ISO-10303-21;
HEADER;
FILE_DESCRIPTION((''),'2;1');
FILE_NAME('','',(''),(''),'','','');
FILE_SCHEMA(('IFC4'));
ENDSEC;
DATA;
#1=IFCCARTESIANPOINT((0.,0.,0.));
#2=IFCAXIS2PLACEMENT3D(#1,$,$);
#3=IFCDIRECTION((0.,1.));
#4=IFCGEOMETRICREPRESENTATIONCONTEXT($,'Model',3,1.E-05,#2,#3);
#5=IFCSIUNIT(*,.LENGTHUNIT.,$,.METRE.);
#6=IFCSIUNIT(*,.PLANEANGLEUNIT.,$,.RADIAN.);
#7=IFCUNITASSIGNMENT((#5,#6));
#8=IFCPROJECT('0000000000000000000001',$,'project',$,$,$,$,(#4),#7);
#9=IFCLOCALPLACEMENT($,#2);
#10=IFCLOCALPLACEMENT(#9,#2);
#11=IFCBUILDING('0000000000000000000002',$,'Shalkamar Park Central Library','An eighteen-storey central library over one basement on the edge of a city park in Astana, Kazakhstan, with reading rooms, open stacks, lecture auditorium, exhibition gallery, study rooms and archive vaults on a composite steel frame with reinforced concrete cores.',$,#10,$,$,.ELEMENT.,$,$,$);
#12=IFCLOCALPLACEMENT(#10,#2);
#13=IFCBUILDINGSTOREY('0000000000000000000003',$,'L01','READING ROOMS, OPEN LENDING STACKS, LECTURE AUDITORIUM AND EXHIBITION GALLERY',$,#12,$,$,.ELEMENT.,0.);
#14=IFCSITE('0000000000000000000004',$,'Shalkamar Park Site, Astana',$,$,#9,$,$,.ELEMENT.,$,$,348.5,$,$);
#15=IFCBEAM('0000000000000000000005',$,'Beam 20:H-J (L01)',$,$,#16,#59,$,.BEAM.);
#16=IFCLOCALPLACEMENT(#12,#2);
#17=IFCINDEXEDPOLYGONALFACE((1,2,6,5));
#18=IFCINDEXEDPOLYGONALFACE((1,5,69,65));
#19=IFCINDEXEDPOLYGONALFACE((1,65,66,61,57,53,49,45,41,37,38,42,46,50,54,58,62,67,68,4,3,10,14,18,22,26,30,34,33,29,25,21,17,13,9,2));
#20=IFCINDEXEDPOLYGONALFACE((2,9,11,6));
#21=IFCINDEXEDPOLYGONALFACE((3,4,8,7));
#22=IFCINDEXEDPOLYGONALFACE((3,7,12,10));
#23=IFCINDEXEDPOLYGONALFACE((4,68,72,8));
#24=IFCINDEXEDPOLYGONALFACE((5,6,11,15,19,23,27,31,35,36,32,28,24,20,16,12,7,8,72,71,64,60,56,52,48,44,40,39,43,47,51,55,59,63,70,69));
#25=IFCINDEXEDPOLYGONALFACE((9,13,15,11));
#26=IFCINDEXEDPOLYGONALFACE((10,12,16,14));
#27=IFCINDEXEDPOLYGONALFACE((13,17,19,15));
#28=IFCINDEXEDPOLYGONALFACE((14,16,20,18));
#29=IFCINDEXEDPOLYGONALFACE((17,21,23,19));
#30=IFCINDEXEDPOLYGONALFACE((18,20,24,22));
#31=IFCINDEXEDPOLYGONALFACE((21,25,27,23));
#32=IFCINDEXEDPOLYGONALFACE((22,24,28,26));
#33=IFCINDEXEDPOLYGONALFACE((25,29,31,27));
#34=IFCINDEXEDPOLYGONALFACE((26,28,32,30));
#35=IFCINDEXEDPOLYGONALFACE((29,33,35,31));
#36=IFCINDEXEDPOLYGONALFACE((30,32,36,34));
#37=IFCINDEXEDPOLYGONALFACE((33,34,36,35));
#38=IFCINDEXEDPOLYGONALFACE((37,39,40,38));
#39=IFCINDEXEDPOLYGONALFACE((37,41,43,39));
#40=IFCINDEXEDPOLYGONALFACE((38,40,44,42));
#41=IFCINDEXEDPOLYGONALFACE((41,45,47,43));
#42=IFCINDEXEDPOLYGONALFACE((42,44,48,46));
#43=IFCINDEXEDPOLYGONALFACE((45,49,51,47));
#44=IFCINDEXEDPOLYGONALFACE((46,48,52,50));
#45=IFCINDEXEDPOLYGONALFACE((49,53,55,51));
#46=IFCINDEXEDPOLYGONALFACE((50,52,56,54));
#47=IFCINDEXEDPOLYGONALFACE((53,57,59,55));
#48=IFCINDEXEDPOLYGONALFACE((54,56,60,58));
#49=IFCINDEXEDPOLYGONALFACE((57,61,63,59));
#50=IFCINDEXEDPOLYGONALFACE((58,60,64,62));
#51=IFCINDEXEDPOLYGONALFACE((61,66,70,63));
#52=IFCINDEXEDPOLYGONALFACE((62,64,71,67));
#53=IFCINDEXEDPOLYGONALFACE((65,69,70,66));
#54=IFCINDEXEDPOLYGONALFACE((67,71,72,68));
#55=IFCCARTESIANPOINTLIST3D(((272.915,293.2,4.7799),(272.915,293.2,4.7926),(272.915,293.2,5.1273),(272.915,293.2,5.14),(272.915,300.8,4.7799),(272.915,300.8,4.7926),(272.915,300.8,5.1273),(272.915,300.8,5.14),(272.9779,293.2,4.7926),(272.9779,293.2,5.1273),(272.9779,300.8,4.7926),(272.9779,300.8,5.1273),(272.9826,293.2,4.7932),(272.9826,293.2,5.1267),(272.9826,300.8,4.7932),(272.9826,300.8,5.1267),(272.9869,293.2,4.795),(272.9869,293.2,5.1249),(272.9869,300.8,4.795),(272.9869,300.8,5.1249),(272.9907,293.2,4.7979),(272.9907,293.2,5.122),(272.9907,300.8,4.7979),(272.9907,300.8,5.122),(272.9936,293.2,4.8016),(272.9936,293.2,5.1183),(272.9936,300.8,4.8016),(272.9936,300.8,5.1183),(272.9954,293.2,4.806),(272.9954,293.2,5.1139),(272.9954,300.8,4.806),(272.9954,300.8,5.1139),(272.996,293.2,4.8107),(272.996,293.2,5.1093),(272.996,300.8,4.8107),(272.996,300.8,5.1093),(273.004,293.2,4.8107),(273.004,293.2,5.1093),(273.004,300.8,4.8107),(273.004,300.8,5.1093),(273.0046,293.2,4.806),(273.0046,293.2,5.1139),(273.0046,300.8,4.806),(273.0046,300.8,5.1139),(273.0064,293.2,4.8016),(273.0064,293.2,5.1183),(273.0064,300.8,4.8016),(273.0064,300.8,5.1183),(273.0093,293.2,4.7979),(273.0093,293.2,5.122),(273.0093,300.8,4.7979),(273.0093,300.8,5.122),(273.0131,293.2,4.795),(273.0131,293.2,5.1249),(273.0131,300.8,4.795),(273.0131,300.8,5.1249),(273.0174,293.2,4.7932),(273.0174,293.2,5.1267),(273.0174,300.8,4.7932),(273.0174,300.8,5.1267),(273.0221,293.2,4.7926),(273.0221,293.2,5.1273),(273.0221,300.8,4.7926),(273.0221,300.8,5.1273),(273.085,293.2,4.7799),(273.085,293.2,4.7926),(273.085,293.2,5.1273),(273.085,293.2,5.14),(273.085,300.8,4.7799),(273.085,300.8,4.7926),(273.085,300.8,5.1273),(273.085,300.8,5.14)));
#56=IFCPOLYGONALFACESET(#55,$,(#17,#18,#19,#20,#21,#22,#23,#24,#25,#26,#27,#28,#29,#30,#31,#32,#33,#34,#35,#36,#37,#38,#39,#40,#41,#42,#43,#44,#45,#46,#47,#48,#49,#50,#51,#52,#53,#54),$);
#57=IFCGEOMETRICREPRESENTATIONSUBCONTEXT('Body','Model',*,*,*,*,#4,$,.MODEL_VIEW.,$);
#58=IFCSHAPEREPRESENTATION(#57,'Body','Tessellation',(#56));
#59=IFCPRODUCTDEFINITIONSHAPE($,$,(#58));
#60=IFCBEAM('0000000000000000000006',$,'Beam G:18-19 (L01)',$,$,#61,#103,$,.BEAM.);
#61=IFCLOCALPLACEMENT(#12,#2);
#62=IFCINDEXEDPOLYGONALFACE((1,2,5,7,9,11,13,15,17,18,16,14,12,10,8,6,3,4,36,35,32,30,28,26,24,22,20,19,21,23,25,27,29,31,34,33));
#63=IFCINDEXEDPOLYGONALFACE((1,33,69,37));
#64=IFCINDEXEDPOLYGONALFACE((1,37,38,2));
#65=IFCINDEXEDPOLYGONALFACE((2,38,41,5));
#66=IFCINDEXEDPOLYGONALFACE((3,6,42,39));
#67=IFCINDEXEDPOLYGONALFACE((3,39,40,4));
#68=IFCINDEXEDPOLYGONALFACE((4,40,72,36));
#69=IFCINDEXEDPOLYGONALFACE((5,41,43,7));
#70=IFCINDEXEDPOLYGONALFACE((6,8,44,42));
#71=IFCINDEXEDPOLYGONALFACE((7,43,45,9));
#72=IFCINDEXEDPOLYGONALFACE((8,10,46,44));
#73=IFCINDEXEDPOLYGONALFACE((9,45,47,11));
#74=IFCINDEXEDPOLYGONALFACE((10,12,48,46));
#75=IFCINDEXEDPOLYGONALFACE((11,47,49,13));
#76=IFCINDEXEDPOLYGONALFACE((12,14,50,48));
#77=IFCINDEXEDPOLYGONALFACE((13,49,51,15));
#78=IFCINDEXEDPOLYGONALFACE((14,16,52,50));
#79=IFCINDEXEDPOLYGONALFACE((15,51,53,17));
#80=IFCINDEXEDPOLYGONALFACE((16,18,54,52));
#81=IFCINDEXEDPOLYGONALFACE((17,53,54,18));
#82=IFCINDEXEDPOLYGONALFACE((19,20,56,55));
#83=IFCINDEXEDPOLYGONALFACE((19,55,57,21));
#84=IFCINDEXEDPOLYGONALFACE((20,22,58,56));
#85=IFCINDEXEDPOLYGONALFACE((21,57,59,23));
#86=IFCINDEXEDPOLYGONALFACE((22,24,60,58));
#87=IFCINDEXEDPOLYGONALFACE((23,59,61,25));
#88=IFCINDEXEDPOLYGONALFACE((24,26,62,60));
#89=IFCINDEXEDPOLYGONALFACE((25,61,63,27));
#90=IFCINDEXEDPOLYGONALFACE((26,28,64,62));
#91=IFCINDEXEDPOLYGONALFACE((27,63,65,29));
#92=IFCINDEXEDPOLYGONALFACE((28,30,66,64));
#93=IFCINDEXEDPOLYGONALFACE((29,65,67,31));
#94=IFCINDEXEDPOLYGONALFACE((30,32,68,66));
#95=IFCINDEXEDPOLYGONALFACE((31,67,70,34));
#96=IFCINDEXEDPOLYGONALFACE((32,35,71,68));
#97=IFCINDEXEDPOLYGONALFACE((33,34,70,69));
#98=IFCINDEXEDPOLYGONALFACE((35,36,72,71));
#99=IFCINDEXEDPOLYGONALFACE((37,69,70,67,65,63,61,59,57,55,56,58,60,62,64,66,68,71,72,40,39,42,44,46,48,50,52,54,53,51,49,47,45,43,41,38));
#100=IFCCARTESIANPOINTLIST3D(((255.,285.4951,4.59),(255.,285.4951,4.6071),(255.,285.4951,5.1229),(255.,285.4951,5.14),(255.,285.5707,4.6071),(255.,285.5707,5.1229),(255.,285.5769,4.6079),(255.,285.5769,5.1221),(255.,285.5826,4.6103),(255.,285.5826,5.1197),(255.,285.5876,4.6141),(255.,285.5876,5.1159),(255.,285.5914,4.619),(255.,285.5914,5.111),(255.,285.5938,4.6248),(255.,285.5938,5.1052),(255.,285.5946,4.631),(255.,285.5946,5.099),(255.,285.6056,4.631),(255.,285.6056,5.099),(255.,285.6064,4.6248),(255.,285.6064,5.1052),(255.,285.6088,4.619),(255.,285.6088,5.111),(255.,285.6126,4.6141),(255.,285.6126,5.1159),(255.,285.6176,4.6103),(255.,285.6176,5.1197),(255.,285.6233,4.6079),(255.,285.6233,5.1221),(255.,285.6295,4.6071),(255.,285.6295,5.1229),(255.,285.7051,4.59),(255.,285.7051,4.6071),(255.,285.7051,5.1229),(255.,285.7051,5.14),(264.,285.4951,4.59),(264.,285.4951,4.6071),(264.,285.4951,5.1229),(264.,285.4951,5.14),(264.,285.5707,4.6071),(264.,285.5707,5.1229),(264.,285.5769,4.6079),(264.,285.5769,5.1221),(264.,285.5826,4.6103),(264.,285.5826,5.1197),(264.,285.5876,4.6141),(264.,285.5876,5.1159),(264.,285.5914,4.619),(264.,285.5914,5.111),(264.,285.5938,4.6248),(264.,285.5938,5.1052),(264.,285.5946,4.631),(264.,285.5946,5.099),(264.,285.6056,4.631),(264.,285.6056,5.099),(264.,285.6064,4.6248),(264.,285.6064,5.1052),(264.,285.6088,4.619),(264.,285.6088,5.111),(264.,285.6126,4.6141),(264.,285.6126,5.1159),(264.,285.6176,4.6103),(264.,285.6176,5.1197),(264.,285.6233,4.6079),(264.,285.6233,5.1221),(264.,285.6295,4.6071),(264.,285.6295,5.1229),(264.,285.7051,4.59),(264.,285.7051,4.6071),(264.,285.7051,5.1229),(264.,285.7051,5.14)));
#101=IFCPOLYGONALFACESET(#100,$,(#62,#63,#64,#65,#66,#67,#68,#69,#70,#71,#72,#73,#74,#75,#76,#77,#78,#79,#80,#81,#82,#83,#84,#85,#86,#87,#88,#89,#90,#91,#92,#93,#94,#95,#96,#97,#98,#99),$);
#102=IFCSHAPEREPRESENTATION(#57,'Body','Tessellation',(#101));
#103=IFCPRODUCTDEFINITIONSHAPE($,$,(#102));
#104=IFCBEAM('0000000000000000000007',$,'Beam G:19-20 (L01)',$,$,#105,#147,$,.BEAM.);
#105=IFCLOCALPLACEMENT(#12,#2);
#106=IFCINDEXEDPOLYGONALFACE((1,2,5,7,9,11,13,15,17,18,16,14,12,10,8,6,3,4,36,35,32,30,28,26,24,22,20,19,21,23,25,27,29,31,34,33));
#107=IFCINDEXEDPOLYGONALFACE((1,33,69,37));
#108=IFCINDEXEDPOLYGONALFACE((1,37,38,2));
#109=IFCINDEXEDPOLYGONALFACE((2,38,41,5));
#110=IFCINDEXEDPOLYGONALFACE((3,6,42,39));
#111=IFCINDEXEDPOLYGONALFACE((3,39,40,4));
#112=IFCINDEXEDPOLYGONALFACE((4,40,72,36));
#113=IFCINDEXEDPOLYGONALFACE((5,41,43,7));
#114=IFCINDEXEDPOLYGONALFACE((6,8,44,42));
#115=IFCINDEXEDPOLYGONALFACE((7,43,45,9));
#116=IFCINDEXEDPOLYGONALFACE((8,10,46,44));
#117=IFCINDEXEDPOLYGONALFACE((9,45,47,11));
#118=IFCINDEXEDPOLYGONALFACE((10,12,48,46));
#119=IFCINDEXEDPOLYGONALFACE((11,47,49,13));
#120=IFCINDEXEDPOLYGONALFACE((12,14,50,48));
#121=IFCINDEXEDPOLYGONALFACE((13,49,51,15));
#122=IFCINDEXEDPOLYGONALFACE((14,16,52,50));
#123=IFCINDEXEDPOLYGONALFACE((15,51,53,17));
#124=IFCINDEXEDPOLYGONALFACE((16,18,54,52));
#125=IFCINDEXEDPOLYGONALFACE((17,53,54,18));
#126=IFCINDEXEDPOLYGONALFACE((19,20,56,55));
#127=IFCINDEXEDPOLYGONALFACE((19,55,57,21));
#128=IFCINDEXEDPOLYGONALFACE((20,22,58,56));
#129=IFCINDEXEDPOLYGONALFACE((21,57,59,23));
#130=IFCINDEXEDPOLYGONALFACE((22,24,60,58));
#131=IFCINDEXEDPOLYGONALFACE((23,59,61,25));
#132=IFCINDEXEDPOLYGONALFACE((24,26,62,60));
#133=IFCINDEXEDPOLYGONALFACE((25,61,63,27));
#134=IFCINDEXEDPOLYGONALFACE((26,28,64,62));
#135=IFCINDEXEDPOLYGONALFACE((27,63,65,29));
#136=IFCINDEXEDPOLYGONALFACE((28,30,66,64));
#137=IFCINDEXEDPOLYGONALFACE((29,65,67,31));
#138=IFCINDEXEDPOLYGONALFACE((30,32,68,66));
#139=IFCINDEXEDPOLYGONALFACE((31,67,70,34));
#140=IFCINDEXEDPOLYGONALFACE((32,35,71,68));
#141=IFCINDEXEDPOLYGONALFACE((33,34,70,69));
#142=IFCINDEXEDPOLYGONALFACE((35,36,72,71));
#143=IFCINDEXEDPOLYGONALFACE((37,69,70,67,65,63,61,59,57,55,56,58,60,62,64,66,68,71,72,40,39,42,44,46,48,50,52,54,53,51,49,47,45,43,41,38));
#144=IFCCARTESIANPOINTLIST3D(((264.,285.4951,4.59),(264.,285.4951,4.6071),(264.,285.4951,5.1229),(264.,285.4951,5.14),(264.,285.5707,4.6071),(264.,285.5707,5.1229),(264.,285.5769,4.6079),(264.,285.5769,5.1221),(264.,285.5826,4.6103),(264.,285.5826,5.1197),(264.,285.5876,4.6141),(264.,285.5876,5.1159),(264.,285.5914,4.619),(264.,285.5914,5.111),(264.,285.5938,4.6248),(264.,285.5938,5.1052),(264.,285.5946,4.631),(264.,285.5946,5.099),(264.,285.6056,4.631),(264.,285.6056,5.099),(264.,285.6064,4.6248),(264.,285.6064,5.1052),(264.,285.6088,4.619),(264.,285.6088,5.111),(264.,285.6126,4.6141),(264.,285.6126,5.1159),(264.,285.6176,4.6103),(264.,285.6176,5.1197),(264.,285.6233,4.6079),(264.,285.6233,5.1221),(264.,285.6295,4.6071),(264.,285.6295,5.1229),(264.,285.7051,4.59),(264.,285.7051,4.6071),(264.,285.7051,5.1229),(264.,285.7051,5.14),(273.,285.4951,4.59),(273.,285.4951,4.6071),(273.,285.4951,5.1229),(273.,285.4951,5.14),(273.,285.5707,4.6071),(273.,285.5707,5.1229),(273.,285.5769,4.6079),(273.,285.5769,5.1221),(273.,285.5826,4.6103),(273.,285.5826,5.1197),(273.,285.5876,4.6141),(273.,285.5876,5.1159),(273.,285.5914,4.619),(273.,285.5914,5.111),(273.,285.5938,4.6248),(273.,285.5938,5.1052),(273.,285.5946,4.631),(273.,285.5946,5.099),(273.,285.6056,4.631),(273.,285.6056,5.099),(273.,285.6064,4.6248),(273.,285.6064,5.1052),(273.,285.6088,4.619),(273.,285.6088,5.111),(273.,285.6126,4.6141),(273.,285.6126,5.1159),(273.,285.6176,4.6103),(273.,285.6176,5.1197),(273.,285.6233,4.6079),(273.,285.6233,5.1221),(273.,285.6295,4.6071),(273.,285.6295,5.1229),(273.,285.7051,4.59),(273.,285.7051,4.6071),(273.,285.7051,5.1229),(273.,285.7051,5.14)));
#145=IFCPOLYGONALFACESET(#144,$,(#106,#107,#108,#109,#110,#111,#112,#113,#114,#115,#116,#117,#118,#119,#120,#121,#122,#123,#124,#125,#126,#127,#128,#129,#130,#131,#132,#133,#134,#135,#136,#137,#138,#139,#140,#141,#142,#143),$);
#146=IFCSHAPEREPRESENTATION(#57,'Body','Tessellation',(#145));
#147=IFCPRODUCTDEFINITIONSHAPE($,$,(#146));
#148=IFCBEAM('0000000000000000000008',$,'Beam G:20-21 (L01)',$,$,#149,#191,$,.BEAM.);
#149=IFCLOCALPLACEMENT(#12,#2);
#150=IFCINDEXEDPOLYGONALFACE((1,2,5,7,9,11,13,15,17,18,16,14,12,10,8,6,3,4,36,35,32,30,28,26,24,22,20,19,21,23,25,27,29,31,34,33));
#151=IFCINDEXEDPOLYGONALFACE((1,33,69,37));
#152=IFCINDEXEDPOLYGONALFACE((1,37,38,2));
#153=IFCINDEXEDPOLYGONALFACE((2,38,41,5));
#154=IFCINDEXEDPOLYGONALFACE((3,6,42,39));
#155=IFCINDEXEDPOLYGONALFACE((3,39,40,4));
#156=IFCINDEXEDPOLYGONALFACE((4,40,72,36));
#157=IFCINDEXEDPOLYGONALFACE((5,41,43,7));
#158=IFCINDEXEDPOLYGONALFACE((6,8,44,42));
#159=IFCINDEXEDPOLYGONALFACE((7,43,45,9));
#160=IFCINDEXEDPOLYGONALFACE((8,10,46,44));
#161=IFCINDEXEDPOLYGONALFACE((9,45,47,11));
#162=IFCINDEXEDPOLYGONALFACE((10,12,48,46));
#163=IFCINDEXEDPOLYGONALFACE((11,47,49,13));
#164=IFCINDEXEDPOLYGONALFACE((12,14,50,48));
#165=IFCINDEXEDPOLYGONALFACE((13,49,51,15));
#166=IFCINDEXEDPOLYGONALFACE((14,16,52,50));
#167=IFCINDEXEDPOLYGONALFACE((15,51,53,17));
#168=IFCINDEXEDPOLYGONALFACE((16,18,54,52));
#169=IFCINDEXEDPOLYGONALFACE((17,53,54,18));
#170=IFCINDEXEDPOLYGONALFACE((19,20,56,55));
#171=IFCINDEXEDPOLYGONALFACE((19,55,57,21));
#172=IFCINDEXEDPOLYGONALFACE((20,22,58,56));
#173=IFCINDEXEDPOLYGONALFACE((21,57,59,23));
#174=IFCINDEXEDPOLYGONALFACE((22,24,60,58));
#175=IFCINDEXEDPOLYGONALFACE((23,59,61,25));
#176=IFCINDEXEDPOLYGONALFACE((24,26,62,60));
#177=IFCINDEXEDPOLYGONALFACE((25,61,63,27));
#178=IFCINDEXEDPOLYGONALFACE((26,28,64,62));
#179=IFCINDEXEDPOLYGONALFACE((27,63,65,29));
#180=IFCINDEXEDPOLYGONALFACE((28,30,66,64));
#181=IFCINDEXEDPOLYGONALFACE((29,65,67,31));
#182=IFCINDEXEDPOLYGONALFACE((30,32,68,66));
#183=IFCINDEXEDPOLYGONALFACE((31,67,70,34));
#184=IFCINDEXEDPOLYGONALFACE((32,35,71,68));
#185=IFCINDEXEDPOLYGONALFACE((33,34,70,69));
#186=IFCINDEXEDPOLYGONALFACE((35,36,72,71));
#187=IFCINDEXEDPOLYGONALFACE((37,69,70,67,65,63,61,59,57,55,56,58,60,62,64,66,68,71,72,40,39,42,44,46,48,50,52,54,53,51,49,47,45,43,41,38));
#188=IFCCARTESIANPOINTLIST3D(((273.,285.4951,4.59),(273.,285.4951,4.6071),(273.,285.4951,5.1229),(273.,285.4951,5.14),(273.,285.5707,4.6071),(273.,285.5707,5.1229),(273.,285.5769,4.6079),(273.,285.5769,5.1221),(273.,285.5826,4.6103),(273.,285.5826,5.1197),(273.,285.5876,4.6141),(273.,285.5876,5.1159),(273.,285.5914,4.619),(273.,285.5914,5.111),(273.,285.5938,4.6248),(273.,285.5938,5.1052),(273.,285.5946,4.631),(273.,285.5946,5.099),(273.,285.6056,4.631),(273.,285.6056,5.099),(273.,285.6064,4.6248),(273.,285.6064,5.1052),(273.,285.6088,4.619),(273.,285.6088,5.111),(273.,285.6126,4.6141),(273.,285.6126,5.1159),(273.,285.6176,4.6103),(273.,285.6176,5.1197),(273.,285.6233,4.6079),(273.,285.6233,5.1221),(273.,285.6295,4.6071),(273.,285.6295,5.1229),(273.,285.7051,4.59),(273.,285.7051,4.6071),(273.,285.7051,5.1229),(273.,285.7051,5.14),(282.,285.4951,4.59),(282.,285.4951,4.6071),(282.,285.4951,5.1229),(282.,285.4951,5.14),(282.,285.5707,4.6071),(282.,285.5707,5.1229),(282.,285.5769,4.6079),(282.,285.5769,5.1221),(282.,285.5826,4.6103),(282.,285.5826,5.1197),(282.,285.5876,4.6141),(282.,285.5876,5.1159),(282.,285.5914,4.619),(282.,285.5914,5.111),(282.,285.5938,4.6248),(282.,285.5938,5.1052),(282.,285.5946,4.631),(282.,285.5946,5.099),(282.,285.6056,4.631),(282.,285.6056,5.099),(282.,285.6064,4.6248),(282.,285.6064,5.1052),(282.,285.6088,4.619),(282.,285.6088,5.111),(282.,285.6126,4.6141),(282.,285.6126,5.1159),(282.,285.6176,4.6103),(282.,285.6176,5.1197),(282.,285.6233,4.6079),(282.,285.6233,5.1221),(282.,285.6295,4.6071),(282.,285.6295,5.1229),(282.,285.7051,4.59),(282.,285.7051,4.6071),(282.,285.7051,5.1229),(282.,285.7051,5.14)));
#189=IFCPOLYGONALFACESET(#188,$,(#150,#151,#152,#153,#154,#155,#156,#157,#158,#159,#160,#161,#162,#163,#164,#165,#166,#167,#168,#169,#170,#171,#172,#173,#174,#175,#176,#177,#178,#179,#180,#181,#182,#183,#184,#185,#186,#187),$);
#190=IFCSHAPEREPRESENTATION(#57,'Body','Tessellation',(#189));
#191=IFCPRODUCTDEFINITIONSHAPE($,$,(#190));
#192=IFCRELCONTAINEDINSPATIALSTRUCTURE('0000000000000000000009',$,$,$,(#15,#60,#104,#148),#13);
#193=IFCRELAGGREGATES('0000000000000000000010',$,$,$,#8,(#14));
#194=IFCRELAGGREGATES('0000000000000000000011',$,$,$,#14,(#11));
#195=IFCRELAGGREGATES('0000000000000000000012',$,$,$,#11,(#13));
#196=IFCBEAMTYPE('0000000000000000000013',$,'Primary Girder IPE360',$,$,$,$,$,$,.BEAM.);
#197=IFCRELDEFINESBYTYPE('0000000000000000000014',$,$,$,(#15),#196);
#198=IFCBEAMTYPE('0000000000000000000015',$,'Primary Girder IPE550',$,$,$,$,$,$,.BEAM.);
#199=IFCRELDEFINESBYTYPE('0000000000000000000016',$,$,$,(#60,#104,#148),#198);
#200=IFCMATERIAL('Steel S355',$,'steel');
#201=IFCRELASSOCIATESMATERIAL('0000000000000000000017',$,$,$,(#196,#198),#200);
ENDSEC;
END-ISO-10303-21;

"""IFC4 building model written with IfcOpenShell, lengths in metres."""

from ifc_helpers import new_model, si_unit, direction, frame, origin, origin_2d, place, context, subcontext, project, spatial, i_section, extrude, material, material_profile, profile_set, type_object, element, save


model = new_model("IFC4")

# Units and contexts
model_context = context("Model", 3, precision=1e-05, world=origin(), true_north=direction((0.0, 1.0)))
body_context = subcontext(model_context, "Body", "Model", "MODEL_VIEW")
ifc_project = project(units=[si_unit("LENGTHUNIT", "METRE"), si_unit("PLANEANGLEUNIT", "RADIAN")], contexts=[model_context])

# Site, building, storey
site_placement = place(None, origin())
site = spatial("IfcSite", under=ifc_project, at=site_placement, Name="Shalkamar Park Site, Astana", CompositionType="ELEMENT", RefElevation=348.5)
building_placement = place(site_placement, origin())
building = spatial("IfcBuilding", under=site, at=building_placement, Name="Shalkamar Park Central Library", Description="An eighteen-storey central library over one basement on the edge of a city park in Astana, Kazakhstan, with reading rooms, open stacks, lecture auditorium, exhibition gallery, study rooms and archive vaults on a composite steel frame with reinforced concrete cores.", CompositionType="ELEMENT")
storey_placement = place(building_placement, origin())
storey = spatial("IfcBuildingStorey", under=building, at=storey_placement, Name="L01", Description="READING ROOMS, OPEN LENDING STACKS, LECTURE AUDITORIUM AND EXHIBITION GALLERY", CompositionType="ELEMENT", Elevation=0.0)

# Shared definitions
ifc_material = material(Name="Steel S355", Category="steel")

# Beams
ifc_material_profile_1 = material_profile(ifc_material, i_section(OverallWidth=0.1699, OverallDepth=0.3601, WebThickness=0.0081, FlangeThickness=0.0127, FilletRadius=0.0181, at=origin_2d()), Name="IPE 360")
ifc_profile_set_1 = profile_set([ifc_material_profile_1], Name="Steel S355")
beam_type_1 = type_object("IfcBeamType", Name="Primary Girder IPE360", PredefinedType="BEAM", material=ifc_profile_set_1)
beam_1_placement = place(storey_placement, frame((273.0, 293.2, 4.96), z_axis=(0.0, 1.0, 0.0), x_axis=(-1.0, 0.0, 0.0)))
element("IfcBeam", 1, at=beam_1_placement, inside=storey, type_object=beam_type_1, Name="Beam 20:H-J (L01)", PredefinedType="BEAM", context=body_context, shape_type="SweptSolid", body=[
    extrude(i_section(OverallWidth=0.1699, OverallDepth=0.3601, WebThickness=0.0081, FlangeThickness=0.0127, FilletRadius=0.0181, at=origin_2d()), origin(), (0.0, 0.0, 1.0), 7.6001),
])
ifc_material_profile_2 = material_profile(ifc_material, i_section(OverallWidth=0.21, OverallDepth=0.55, WebThickness=0.011, FlangeThickness=0.0171, FilletRadius=0.0239, at=origin_2d()), Name="IPE 550")
ifc_profile_set_2 = profile_set([ifc_material_profile_2], Name="Steel S355")
beam_type_2 = type_object("IfcBeamType", Name="Primary Girder IPE550", PredefinedType="BEAM", material=ifc_profile_set_2)
for number, where, z_axis, x_axis, name in (
    (2, (255.0, 285.6001, 4.865), (1.0, 0.0, 0.0), (0.0, 1.0, 0.0), "Beam G:18-19 (L01)"),
    (3, (264.0, 285.6001, 4.865), (1.0, 0.0, 0.0), (0.0, 1.0, 0.0), "Beam G:19-20 (L01)"),
    (4, (273.0, 285.6001, 4.865), (1.0, 0.0, 0.0), (0.0, 1.0, 0.0), "Beam G:20-21 (L01)"),
):
    element("IfcBeam", number, at=place(storey_placement, frame(where, z_axis=z_axis, x_axis=x_axis)), inside=storey, type_object=beam_type_2, Name=name, PredefinedType="BEAM", context=body_context, shape_type="SweptSolid", body=[
        extrude(i_section(OverallWidth=0.21, OverallDepth=0.55, WebThickness=0.011, FlangeThickness=0.0171, FilletRadius=0.0239, at=origin_2d()), origin(), (0.0, 0.0, 1.0), 9.0),
    ])

save(model, "model.ifc")
